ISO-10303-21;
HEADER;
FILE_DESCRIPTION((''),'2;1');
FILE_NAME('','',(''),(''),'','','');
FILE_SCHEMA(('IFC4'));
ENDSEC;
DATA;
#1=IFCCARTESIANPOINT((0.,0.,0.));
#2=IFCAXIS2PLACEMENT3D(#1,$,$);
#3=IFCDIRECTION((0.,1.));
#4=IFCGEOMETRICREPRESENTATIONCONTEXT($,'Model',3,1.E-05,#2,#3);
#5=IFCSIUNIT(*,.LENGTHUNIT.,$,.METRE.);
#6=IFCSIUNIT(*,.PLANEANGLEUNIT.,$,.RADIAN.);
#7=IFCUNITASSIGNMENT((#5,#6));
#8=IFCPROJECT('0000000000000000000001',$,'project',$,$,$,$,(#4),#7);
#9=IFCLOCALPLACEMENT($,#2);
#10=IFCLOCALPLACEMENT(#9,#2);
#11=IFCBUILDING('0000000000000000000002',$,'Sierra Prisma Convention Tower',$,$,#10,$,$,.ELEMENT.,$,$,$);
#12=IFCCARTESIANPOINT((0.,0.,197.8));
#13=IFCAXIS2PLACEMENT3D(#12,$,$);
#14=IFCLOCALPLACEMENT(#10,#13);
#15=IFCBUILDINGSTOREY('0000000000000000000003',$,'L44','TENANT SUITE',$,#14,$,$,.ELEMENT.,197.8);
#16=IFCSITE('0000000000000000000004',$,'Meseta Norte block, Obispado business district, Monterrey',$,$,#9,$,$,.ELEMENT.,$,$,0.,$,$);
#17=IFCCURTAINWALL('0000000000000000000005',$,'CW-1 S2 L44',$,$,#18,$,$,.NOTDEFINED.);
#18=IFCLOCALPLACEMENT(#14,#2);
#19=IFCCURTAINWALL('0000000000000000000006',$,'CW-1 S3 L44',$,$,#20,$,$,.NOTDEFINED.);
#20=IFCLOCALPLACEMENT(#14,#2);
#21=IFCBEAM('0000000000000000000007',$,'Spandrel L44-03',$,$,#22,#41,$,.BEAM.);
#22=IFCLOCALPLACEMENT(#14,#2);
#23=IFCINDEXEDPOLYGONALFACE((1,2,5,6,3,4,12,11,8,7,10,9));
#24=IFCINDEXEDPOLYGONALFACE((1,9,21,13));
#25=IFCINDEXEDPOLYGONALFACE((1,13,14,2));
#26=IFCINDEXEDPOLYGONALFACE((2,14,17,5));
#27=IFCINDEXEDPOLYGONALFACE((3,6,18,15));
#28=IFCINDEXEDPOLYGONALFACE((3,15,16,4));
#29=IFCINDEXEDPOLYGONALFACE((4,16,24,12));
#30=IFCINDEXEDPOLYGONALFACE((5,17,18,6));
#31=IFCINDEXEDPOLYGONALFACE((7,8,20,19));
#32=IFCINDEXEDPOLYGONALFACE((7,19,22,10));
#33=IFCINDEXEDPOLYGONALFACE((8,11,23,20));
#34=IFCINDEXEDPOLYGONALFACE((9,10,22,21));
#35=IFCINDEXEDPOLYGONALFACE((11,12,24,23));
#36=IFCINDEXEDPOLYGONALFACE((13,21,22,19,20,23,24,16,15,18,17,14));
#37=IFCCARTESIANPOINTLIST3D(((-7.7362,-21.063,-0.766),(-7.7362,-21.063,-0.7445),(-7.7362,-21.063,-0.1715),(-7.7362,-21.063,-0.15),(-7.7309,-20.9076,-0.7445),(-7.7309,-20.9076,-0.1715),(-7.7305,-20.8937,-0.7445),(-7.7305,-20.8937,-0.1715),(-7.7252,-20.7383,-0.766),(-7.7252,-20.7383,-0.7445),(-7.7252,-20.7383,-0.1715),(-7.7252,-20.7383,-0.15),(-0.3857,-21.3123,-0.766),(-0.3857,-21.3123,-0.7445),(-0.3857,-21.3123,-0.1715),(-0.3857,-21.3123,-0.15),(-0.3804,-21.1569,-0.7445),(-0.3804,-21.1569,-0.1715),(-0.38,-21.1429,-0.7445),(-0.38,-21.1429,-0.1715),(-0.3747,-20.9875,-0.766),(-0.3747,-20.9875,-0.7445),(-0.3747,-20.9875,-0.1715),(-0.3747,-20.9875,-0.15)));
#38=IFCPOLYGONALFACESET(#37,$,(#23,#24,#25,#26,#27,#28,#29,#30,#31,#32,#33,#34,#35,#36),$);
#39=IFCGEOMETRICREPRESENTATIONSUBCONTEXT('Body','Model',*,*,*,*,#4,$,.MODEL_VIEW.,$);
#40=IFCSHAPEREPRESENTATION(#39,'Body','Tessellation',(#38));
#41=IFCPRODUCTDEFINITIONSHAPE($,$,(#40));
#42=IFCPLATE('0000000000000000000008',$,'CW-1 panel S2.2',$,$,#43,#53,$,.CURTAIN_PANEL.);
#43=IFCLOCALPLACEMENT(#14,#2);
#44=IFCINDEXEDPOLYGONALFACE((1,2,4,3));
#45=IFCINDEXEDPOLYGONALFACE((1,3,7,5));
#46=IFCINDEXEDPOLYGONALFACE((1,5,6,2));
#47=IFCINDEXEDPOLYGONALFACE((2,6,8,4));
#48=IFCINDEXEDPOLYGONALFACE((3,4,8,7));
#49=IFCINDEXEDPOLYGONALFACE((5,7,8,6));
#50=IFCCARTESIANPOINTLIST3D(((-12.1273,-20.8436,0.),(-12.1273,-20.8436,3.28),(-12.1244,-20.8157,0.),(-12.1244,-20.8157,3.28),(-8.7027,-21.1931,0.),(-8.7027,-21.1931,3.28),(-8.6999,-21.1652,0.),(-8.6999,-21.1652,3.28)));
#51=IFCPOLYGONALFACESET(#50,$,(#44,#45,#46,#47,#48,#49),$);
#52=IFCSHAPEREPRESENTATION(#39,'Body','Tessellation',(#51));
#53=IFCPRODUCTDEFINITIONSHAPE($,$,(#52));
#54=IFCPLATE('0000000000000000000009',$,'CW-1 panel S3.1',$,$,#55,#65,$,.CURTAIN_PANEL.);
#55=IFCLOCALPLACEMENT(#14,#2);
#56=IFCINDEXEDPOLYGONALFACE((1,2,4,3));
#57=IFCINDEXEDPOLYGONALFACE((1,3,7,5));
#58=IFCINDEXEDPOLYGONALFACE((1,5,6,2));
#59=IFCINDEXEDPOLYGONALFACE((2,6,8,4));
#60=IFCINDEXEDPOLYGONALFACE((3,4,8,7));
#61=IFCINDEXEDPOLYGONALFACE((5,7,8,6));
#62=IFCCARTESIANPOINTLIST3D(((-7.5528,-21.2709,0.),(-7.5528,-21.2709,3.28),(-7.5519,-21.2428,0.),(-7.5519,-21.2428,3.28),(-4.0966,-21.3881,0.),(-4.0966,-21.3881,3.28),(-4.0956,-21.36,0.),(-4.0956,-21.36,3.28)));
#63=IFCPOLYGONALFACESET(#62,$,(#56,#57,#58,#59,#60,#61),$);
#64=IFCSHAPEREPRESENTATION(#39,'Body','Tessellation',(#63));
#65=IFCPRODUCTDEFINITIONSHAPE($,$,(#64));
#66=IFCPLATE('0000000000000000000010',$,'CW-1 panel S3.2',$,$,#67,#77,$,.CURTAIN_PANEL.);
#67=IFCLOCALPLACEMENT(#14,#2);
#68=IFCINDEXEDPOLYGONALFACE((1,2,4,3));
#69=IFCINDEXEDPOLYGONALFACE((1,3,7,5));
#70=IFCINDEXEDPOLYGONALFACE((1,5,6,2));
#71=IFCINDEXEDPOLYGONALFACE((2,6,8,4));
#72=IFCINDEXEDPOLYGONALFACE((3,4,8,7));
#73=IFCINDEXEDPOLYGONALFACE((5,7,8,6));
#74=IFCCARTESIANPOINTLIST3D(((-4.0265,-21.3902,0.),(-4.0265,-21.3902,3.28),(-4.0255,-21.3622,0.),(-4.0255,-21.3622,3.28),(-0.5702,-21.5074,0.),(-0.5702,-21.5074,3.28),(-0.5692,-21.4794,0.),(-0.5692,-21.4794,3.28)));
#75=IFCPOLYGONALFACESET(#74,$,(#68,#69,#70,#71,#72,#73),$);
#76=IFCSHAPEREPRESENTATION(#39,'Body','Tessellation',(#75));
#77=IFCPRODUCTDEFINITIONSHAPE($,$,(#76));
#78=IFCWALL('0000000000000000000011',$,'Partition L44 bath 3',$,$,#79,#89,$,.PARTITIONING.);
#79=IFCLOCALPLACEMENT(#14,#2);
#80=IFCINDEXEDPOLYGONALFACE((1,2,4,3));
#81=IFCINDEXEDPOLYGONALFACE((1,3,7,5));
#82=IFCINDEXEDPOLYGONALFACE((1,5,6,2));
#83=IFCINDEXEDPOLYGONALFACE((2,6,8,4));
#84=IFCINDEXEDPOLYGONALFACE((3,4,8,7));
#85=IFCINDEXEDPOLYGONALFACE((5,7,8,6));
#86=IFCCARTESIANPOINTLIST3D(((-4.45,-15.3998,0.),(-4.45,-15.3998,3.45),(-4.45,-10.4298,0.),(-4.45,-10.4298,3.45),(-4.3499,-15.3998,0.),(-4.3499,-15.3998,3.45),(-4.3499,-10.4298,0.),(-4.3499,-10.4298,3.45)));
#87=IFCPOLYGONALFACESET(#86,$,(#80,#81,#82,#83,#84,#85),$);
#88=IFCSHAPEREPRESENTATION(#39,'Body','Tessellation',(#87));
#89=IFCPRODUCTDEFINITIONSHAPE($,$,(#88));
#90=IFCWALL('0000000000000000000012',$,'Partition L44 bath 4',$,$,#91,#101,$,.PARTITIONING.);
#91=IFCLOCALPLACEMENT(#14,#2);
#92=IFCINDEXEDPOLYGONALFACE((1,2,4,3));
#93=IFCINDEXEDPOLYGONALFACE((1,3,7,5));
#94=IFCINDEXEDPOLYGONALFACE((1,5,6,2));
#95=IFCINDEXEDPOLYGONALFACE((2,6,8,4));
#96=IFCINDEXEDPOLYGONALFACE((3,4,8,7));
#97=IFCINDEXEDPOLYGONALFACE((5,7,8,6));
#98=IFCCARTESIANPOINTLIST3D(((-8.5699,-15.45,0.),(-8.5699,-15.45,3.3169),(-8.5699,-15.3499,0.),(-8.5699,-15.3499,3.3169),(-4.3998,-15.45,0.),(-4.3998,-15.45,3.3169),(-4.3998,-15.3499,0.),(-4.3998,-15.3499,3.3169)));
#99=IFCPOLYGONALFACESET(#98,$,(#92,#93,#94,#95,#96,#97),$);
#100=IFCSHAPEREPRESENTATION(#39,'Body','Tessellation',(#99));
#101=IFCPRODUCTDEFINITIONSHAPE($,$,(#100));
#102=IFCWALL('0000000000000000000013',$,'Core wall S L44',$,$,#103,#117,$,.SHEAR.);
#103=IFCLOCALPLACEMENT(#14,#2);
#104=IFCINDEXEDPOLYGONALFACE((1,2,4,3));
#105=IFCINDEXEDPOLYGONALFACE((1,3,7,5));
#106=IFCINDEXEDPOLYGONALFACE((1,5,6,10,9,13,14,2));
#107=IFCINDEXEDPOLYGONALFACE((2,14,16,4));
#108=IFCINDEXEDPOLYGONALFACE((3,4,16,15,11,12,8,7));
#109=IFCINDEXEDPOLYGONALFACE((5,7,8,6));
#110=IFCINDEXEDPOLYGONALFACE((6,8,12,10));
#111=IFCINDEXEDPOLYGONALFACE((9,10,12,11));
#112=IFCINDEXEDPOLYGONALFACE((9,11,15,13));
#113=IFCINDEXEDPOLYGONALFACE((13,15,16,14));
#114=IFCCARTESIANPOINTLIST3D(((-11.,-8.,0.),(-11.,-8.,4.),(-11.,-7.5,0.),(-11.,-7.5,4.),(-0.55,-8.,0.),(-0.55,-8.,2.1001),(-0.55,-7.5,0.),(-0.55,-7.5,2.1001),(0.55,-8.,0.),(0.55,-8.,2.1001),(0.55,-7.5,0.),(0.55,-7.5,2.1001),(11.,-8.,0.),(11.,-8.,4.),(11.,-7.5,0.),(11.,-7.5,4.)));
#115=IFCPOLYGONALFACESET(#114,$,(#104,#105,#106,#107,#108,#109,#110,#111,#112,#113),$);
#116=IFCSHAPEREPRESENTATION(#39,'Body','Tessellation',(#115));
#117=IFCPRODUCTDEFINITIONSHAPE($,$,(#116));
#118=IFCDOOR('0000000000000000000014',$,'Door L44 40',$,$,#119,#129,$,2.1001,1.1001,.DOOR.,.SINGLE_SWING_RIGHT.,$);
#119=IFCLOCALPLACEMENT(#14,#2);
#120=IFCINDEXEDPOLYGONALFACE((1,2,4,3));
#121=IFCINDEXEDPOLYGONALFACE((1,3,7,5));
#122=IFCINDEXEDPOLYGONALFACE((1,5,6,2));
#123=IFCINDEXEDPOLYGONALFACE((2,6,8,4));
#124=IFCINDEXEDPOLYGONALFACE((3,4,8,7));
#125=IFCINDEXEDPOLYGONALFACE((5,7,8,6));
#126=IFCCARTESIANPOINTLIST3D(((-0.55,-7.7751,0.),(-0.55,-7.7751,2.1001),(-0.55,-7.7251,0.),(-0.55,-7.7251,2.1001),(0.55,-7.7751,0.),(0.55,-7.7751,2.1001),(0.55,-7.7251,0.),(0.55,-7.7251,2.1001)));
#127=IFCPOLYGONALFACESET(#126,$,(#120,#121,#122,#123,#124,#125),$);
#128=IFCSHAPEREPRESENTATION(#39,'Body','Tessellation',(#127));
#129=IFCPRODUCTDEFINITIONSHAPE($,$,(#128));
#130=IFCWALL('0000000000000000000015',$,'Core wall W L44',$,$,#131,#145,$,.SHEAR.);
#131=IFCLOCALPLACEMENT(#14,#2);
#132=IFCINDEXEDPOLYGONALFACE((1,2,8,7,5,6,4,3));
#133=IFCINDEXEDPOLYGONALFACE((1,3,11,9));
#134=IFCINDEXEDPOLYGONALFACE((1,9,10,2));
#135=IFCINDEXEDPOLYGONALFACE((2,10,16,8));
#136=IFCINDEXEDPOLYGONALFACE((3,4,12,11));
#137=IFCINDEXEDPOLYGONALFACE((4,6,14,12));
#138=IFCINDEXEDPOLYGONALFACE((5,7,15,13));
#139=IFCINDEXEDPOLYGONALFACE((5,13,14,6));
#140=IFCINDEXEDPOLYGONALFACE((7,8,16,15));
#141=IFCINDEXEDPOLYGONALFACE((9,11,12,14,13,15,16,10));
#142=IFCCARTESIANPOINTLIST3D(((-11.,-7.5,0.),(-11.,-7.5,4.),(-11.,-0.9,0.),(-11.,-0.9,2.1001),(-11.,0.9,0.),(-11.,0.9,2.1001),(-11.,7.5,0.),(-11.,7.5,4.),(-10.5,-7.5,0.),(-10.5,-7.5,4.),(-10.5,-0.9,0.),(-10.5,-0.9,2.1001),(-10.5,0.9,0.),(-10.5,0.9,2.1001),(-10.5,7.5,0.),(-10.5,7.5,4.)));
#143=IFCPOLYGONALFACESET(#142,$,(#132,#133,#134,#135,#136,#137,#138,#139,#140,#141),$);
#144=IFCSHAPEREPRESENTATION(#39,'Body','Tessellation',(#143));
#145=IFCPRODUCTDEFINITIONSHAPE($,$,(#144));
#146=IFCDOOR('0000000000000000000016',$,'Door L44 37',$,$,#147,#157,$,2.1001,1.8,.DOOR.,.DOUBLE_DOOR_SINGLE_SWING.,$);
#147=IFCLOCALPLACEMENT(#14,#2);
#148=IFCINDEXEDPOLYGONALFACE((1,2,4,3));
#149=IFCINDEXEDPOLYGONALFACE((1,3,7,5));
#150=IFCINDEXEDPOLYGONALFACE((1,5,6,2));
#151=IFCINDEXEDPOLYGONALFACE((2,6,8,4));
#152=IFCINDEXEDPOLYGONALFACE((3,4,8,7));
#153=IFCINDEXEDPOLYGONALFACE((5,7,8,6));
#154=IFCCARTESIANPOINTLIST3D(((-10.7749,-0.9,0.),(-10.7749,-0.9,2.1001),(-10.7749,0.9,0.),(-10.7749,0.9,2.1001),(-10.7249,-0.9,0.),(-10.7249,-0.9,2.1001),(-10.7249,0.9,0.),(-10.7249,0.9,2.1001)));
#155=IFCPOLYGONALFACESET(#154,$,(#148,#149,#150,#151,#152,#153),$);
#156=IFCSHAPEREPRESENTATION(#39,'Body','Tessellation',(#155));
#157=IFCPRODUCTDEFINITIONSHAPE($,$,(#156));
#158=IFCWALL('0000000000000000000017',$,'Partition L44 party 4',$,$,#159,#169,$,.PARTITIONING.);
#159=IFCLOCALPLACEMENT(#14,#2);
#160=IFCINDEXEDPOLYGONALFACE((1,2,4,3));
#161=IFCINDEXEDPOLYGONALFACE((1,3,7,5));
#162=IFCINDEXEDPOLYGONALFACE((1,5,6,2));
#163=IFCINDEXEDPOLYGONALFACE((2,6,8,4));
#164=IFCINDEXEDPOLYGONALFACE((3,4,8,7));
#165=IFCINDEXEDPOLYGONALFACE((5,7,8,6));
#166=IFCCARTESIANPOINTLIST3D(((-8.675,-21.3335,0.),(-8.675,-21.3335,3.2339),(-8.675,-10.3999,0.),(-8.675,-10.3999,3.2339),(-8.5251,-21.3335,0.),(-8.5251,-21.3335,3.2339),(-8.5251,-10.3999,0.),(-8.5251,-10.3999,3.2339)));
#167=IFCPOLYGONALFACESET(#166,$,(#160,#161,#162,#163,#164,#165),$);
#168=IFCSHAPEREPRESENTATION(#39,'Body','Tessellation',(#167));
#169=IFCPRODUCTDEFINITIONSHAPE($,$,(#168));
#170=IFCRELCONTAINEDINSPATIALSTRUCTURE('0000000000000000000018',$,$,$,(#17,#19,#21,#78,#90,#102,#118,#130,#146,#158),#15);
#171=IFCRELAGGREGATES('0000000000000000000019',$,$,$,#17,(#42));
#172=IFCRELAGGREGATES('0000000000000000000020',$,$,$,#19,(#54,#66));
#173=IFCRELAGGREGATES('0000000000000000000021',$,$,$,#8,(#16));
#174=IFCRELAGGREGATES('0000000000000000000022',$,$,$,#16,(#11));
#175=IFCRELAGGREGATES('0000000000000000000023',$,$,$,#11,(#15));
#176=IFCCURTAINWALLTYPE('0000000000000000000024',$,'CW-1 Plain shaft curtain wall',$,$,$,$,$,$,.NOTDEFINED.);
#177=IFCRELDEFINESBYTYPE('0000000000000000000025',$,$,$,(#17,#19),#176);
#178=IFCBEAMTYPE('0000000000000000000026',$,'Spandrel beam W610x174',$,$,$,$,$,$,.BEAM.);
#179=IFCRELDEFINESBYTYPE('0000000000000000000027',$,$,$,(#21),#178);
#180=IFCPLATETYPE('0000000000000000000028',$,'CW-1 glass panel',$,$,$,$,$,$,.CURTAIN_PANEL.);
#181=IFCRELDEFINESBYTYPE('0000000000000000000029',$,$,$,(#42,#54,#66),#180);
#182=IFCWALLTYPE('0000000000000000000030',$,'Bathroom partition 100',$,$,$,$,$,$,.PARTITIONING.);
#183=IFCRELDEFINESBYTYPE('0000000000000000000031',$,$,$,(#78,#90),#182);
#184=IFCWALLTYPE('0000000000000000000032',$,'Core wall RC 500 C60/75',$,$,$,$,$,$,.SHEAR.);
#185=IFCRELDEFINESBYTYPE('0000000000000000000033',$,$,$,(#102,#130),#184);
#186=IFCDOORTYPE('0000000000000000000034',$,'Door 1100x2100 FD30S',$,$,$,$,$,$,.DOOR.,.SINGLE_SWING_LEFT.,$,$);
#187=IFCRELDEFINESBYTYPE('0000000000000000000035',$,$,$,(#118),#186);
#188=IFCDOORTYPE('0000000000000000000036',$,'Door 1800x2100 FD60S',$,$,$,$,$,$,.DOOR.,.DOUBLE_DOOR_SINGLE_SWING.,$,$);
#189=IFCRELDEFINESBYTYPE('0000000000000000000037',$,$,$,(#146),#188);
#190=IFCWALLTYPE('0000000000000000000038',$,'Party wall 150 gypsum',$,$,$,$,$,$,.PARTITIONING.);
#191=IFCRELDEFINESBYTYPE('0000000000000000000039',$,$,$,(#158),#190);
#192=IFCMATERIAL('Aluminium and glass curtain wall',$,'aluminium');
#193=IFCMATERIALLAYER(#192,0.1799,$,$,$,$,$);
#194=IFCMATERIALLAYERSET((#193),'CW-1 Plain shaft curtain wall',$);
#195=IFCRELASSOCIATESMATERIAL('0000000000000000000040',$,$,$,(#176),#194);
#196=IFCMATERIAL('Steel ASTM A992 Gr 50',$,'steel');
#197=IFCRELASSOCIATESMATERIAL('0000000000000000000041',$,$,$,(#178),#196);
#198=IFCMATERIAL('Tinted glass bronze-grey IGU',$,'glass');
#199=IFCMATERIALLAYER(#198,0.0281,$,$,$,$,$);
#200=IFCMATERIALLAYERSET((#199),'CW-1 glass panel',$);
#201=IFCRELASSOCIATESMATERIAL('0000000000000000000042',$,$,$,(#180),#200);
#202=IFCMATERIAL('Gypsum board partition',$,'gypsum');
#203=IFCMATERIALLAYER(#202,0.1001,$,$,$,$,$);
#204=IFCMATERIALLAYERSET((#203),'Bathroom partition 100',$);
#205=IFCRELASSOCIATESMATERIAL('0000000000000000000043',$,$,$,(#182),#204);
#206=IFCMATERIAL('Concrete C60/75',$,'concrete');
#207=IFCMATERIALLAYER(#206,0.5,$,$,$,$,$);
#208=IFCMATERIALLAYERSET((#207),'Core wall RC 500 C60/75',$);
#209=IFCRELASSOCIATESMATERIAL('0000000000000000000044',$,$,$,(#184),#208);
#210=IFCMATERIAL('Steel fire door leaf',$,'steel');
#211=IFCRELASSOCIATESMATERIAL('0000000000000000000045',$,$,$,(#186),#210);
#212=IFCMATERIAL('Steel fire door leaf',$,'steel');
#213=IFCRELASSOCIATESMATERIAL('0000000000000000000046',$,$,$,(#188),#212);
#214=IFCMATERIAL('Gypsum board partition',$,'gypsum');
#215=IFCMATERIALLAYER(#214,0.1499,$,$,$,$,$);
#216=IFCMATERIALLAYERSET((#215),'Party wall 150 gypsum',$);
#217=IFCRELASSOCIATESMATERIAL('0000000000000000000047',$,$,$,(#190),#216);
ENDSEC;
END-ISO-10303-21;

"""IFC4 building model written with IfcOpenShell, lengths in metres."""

from ifc_helpers import new_model, si_unit, direction, frame, frame_2d, origin, origin_2d, place, context, subcontext, project, spatial, rectangle, i_section, extrude, material, layer, layer_set, material_profile, profile_set, type_object, element, fill, aggregate, save


model = new_model("IFC4")

# Units and contexts
model_context = context("Model", 3, precision=1e-05, world=origin(), true_north=direction((0.0, 1.0)))
body_context = subcontext(model_context, "Body", "Model", "MODEL_VIEW")
ifc_project = project(units=[si_unit("LENGTHUNIT", "METRE"), si_unit("PLANEANGLEUNIT", "RADIAN")], contexts=[model_context])

# Site, building, storey
site_placement = place(None, origin())
site = spatial("IfcSite", under=ifc_project, at=site_placement, Name="Meseta Norte block, Obispado business district, Monterrey", CompositionType="ELEMENT", RefElevation=0.0)
building_placement = place(site_placement, origin())
building = spatial("IfcBuilding", under=site, at=building_placement, Name="Sierra Prisma Convention Tower", CompositionType="ELEMENT")
storey_placement = place(building_placement, frame((0.0, 0.0, 197.8)))
storey = spatial("IfcBuildingStorey", under=building, at=storey_placement, Name="L44", Description="TENANT SUITE", CompositionType="ELEMENT", Elevation=197.8)

# Curtain wall
ifc_material_1 = material(Name="Aluminium and glass curtain wall", Category="aluminium")
ifc_layer_1 = layer(ifc_material_1, 0.1799)
ifc_layer_set_1 = layer_set([ifc_layer_1], Name="CW-1 Plain shaft curtain wall")
curtain_wall_type = type_object("IfcCurtainWallType", Name="CW-1 Plain shaft curtain wall", PredefinedType="NOTDEFINED", material=ifc_layer_set_1)
curtain_wall_1_placement = place(storey_placement, origin())
curtain_wall_1 = element("IfcCurtainWall", 1, at=curtain_wall_1_placement, inside=storey, type_object=curtain_wall_type, Name="CW-1 S2 L44", PredefinedType="NOTDEFINED")

# Curtain wall
curtain_wall_2_placement = place(storey_placement, origin())
curtain_wall_2 = element("IfcCurtainWall", 2, at=curtain_wall_2_placement, inside=storey, type_object=curtain_wall_type, Name="CW-1 S3 L44", PredefinedType="NOTDEFINED")

# Beam
ifc_material_2 = material(Name="Steel ASTM A992 Gr 50", Category="steel")
ifc_material_profile_1 = material_profile(ifc_material_2, i_section(OverallWidth=0.325, OverallDepth=0.616, WebThickness=0.0139, FlangeThickness=0.0215, at=origin_2d()), Name="W610x174")
ifc_profile_set_1 = profile_set([ifc_material_profile_1], Name="Steel ASTM A992 Gr 50")
beam_type_1 = type_object("IfcBeamType", Name="Spandrel beam W610x174", PredefinedType="BEAM", material=ifc_profile_set_1)
beam_1_placement = place(storey_placement, frame((-7.7307, -20.9006, -0.458), z_axis=(0.999426, -0.033892, 0.0), x_axis=(0.033892, 0.999426, 0.0)))
element("IfcBeam", 3, at=beam_1_placement, inside=storey, type_object=beam_type_1, Name="Spandrel L44-03", PredefinedType="BEAM", context=body_context, shape_type="SweptSolid", body=[
    extrude(i_section(OverallWidth=0.325, OverallDepth=0.616, WebThickness=0.0139, FlangeThickness=0.0215, at=origin_2d()), origin(), (0.0, 0.0, 1.0), 7.3547),
])

# Plates
ifc_material_3 = material(Name="Tinted glass bronze-grey IGU", Category="glass")
ifc_layer_2 = layer(ifc_material_3, 0.0281)
ifc_layer_set_2 = layer_set([ifc_layer_2], Name="CW-1 glass panel")
plate_type = type_object("IfcPlateType", Name="CW-1 glass panel", PredefinedType="CURTAIN_PANEL", material=ifc_layer_set_2)
plate_1_placement = place(storey_placement, frame((-10.4136, -21.0044, 0.0), z_axis=(0.0, 0.0, 1.0), x_axis=(0.994833, -0.101523, 0.0)))
plate_1 = element("IfcPlate", 4, at=plate_1_placement, type_object=plate_type, Name="CW-1 panel S2.2", PredefinedType="CURTAIN_PANEL", context=body_context, shape_type="SweptSolid", body=[
    extrude(rectangle(XDim=3.4424, YDim=0.0281, at=origin_2d()), origin(), (0.0, 0.0, 1.0), 3.28),
])
aggregate(curtain_wall_1, [plate_1])
plate_2_placement = place(storey_placement, frame((-5.8242, -21.3154, 0.0), z_axis=(0.0, 0.0, 1.0), x_axis=(0.999425, -0.033893, 0.0)))
plate_2 = element("IfcPlate", 5, at=plate_2_placement, type_object=plate_type, Name="CW-1 panel S3.1", PredefinedType="CURTAIN_PANEL", context=body_context, shape_type="SweptSolid", body=[
    extrude(rectangle(XDim=3.4583, YDim=0.0281, at=origin_2d()), origin(), (0.0, 0.0, 1.0), 3.28),
])
plate_3_placement = place(storey_placement, frame((-2.2979, -21.4348, 0.0), z_axis=(0.0, 0.0, 1.0), x_axis=(0.999425, -0.033893, 0.0)))
plate_3 = element("IfcPlate", 6, at=plate_3_placement, type_object=plate_type, Name="CW-1 panel S3.2", PredefinedType="CURTAIN_PANEL", context=body_context, shape_type="SweptSolid", body=[
    extrude(rectangle(XDim=3.4583, YDim=0.0281, at=origin_2d()), origin(), (0.0, 0.0, 1.0), 3.28),
])
aggregate(curtain_wall_2, [plate_2, plate_3])

# Walls
ifc_material_4 = material(Name="Gypsum board partition", Category="gypsum")
ifc_layer_3 = layer(ifc_material_4, 0.1001)
ifc_layer_set_3 = layer_set([ifc_layer_3], Name="Bathroom partition 100")
wall_type_1 = type_object("IfcWallType", Name="Bathroom partition 100", PredefinedType="PARTITIONING", material=ifc_layer_set_3)
wall_1_placement = place(storey_placement, frame((-4.3999, -10.4299, 0.0), z_axis=(0.0, 0.0, 1.0), x_axis=(0.0, -1.0, 0.0)))
element("IfcWall", 7, at=wall_1_placement, inside=storey, type_object=wall_type_1, Name="Partition L44 bath 3", PredefinedType="PARTITIONING", context=body_context, shape_type="SweptSolid", body=[
    extrude(rectangle(XDim=4.97, YDim=0.1001, at=frame_2d((2.4849, 0.0))), origin(), (0.0, 0.0, 1.0), 3.45),
])
wall_2_placement = place(storey_placement, frame((-4.3999, -15.3999, 0.0), z_axis=(0.0, 0.0, 1.0), x_axis=(-1.0, 0.0, 0.0)))
element("IfcWall", 8, at=wall_2_placement, inside=storey, type_object=wall_type_1, Name="Partition L44 bath 4", PredefinedType="PARTITIONING", context=body_context, shape_type="SweptSolid", body=[
    extrude(rectangle(XDim=4.1702, YDim=0.1001, at=frame_2d((2.085, 0.0))), origin(), (0.0, 0.0, 1.0), 3.3169),
])

# Walls, openings, doors
ifc_material_5 = material(Name="Concrete C60/75", Category="concrete")
ifc_layer_4 = layer(ifc_material_5, 0.5)
ifc_layer_set_4 = layer_set([ifc_layer_4], Name="Core wall RC 500 C60/75")
wall_type_2 = type_object("IfcWallType", Name="Core wall RC 500 C60/75", PredefinedType="SHEAR", material=ifc_layer_set_4)
wall_3_placement = place(storey_placement, frame((-11.0, -7.75, 0.0), z_axis=(0.0, 0.0, 1.0), x_axis=(1.0, 0.0, 0.0)))
wall_3 = element("IfcWall", 9, at=wall_3_placement, inside=storey, type_object=wall_type_2, Name="Core wall S L44", PredefinedType="SHEAR", context=body_context, shape_type="SweptSolid", body=[
    extrude(rectangle(XDim=22.0, YDim=0.5, at=frame_2d((11.0, 0.0))), origin(), (0.0, 0.0, 1.0), 4.0),
])
opening_1_placement = place(wall_3_placement, frame((10.45, 0.0, 0.0)))
opening_1 = element("IfcOpeningElement", 10, at=opening_1_placement, cuts=wall_3, PredefinedType="OPENING", context=body_context, shape_type="SweptSolid", body=[
    extrude(rectangle(XDim=1.1001, YDim=2.1001, at=frame_2d((0.55, 1.05))), frame((0.0, 0.25, 0.0), z_axis=(0.0, -1.0, 0.0), x_axis=(1.0, 0.0, 0.0)), (0.0, 0.0, 1.0), 0.5),
])
ifc_material_6 = material(Name="Steel fire door leaf", Category="steel")
door_type_1 = type_object("IfcDoorType", Name="Door 1100x2100 FD30S", OperationType="SINGLE_SWING_LEFT", PredefinedType="DOOR", material=ifc_material_6)
door_1_placement = place(opening_1_placement, origin())
door_1 = element("IfcDoor", 11, at=door_1_placement, inside=storey, type_object=door_type_1, Name="Door L44 40", OperationType="SINGLE_SWING_RIGHT", OverallHeight=2.1001, OverallWidth=1.1001, PredefinedType="DOOR", context=body_context, shape_type="SweptSolid", body=[
    extrude(rectangle(XDim=1.1001, YDim=2.1001, at=frame_2d((0.55, 1.05))), frame((0.0, 0.0249, 0.0), z_axis=(0.0, -1.0, 0.0), x_axis=(1.0, 0.0, 0.0)), (0.0, 0.0, 1.0), 0.05),
])
fill(opening_1, door_1)
wall_4_placement = place(storey_placement, frame((-10.75, -7.5, 0.0), z_axis=(0.0, 0.0, 1.0), x_axis=(0.0, 1.0, 0.0)))
wall_4 = element("IfcWall", 12, at=wall_4_placement, inside=storey, type_object=wall_type_2, Name="Core wall W L44", PredefinedType="SHEAR", context=body_context, shape_type="SweptSolid", body=[
    extrude(rectangle(XDim=15.0, YDim=0.5, at=frame_2d((7.5, 0.0))), origin(), (0.0, 0.0, 1.0), 4.0),
])
opening_2_placement = place(wall_4_placement, frame((6.6001, 0.0, 0.0)))
opening_2 = element("IfcOpeningElement", 13, at=opening_2_placement, cuts=wall_4, PredefinedType="OPENING", context=body_context, shape_type="SweptSolid", body=[
    extrude(rectangle(XDim=1.8, YDim=2.1001, at=frame_2d((0.8999, 1.05))), frame((0.0, 0.25, 0.0), z_axis=(0.0, -1.0, 0.0), x_axis=(1.0, 0.0, 0.0)), (0.0, 0.0, 1.0), 0.5),
])
ifc_material_7 = material(Name="Steel fire door leaf", Category="steel")
door_type_2 = type_object("IfcDoorType", Name="Door 1800x2100 FD60S", OperationType="DOUBLE_DOOR_SINGLE_SWING", PredefinedType="DOOR", material=ifc_material_7)
door_2_placement = place(opening_2_placement, origin())
door_2 = element("IfcDoor", 14, at=door_2_placement, inside=storey, type_object=door_type_2, Name="Door L44 37", OperationType="DOUBLE_DOOR_SINGLE_SWING", OverallHeight=2.1001, OverallWidth=1.8, PredefinedType="DOOR", context=body_context, shape_type="SweptSolid", body=[
    extrude(rectangle(XDim=1.8, YDim=2.1001, at=frame_2d((0.8999, 1.05))), frame((0.0, 0.0249, 0.0), z_axis=(0.0, -1.0, 0.0), x_axis=(1.0, 0.0, 0.0)), (0.0, 0.0, 1.0), 0.05),
])
fill(opening_2, door_2)

# Wall
ifc_material_8 = material(Name="Gypsum board partition", Category="gypsum")
ifc_layer_5 = layer(ifc_material_8, 0.1499)
ifc_layer_set_5 = layer_set([ifc_layer_5], Name="Party wall 150 gypsum")
wall_type_3 = type_object("IfcWallType", Name="Party wall 150 gypsum", PredefinedType="PARTITIONING", material=ifc_layer_set_5)
wall_5_placement = place(storey_placement, frame((-8.6001, -10.3999, 0.0), z_axis=(0.0, 0.0, 1.0), x_axis=(0.0, -1.0, 0.0)))
element("IfcWall", 15, at=wall_5_placement, inside=storey, type_object=wall_type_3, Name="Partition L44 party 4", PredefinedType="PARTITIONING", context=body_context, shape_type="SweptSolid", body=[
    extrude(rectangle(XDim=10.9336, YDim=0.1499, at=frame_2d((5.4668, 0.0))), origin(), (0.0, 0.0, 1.0), 3.2339),
])

save(model, "model.ifc")
